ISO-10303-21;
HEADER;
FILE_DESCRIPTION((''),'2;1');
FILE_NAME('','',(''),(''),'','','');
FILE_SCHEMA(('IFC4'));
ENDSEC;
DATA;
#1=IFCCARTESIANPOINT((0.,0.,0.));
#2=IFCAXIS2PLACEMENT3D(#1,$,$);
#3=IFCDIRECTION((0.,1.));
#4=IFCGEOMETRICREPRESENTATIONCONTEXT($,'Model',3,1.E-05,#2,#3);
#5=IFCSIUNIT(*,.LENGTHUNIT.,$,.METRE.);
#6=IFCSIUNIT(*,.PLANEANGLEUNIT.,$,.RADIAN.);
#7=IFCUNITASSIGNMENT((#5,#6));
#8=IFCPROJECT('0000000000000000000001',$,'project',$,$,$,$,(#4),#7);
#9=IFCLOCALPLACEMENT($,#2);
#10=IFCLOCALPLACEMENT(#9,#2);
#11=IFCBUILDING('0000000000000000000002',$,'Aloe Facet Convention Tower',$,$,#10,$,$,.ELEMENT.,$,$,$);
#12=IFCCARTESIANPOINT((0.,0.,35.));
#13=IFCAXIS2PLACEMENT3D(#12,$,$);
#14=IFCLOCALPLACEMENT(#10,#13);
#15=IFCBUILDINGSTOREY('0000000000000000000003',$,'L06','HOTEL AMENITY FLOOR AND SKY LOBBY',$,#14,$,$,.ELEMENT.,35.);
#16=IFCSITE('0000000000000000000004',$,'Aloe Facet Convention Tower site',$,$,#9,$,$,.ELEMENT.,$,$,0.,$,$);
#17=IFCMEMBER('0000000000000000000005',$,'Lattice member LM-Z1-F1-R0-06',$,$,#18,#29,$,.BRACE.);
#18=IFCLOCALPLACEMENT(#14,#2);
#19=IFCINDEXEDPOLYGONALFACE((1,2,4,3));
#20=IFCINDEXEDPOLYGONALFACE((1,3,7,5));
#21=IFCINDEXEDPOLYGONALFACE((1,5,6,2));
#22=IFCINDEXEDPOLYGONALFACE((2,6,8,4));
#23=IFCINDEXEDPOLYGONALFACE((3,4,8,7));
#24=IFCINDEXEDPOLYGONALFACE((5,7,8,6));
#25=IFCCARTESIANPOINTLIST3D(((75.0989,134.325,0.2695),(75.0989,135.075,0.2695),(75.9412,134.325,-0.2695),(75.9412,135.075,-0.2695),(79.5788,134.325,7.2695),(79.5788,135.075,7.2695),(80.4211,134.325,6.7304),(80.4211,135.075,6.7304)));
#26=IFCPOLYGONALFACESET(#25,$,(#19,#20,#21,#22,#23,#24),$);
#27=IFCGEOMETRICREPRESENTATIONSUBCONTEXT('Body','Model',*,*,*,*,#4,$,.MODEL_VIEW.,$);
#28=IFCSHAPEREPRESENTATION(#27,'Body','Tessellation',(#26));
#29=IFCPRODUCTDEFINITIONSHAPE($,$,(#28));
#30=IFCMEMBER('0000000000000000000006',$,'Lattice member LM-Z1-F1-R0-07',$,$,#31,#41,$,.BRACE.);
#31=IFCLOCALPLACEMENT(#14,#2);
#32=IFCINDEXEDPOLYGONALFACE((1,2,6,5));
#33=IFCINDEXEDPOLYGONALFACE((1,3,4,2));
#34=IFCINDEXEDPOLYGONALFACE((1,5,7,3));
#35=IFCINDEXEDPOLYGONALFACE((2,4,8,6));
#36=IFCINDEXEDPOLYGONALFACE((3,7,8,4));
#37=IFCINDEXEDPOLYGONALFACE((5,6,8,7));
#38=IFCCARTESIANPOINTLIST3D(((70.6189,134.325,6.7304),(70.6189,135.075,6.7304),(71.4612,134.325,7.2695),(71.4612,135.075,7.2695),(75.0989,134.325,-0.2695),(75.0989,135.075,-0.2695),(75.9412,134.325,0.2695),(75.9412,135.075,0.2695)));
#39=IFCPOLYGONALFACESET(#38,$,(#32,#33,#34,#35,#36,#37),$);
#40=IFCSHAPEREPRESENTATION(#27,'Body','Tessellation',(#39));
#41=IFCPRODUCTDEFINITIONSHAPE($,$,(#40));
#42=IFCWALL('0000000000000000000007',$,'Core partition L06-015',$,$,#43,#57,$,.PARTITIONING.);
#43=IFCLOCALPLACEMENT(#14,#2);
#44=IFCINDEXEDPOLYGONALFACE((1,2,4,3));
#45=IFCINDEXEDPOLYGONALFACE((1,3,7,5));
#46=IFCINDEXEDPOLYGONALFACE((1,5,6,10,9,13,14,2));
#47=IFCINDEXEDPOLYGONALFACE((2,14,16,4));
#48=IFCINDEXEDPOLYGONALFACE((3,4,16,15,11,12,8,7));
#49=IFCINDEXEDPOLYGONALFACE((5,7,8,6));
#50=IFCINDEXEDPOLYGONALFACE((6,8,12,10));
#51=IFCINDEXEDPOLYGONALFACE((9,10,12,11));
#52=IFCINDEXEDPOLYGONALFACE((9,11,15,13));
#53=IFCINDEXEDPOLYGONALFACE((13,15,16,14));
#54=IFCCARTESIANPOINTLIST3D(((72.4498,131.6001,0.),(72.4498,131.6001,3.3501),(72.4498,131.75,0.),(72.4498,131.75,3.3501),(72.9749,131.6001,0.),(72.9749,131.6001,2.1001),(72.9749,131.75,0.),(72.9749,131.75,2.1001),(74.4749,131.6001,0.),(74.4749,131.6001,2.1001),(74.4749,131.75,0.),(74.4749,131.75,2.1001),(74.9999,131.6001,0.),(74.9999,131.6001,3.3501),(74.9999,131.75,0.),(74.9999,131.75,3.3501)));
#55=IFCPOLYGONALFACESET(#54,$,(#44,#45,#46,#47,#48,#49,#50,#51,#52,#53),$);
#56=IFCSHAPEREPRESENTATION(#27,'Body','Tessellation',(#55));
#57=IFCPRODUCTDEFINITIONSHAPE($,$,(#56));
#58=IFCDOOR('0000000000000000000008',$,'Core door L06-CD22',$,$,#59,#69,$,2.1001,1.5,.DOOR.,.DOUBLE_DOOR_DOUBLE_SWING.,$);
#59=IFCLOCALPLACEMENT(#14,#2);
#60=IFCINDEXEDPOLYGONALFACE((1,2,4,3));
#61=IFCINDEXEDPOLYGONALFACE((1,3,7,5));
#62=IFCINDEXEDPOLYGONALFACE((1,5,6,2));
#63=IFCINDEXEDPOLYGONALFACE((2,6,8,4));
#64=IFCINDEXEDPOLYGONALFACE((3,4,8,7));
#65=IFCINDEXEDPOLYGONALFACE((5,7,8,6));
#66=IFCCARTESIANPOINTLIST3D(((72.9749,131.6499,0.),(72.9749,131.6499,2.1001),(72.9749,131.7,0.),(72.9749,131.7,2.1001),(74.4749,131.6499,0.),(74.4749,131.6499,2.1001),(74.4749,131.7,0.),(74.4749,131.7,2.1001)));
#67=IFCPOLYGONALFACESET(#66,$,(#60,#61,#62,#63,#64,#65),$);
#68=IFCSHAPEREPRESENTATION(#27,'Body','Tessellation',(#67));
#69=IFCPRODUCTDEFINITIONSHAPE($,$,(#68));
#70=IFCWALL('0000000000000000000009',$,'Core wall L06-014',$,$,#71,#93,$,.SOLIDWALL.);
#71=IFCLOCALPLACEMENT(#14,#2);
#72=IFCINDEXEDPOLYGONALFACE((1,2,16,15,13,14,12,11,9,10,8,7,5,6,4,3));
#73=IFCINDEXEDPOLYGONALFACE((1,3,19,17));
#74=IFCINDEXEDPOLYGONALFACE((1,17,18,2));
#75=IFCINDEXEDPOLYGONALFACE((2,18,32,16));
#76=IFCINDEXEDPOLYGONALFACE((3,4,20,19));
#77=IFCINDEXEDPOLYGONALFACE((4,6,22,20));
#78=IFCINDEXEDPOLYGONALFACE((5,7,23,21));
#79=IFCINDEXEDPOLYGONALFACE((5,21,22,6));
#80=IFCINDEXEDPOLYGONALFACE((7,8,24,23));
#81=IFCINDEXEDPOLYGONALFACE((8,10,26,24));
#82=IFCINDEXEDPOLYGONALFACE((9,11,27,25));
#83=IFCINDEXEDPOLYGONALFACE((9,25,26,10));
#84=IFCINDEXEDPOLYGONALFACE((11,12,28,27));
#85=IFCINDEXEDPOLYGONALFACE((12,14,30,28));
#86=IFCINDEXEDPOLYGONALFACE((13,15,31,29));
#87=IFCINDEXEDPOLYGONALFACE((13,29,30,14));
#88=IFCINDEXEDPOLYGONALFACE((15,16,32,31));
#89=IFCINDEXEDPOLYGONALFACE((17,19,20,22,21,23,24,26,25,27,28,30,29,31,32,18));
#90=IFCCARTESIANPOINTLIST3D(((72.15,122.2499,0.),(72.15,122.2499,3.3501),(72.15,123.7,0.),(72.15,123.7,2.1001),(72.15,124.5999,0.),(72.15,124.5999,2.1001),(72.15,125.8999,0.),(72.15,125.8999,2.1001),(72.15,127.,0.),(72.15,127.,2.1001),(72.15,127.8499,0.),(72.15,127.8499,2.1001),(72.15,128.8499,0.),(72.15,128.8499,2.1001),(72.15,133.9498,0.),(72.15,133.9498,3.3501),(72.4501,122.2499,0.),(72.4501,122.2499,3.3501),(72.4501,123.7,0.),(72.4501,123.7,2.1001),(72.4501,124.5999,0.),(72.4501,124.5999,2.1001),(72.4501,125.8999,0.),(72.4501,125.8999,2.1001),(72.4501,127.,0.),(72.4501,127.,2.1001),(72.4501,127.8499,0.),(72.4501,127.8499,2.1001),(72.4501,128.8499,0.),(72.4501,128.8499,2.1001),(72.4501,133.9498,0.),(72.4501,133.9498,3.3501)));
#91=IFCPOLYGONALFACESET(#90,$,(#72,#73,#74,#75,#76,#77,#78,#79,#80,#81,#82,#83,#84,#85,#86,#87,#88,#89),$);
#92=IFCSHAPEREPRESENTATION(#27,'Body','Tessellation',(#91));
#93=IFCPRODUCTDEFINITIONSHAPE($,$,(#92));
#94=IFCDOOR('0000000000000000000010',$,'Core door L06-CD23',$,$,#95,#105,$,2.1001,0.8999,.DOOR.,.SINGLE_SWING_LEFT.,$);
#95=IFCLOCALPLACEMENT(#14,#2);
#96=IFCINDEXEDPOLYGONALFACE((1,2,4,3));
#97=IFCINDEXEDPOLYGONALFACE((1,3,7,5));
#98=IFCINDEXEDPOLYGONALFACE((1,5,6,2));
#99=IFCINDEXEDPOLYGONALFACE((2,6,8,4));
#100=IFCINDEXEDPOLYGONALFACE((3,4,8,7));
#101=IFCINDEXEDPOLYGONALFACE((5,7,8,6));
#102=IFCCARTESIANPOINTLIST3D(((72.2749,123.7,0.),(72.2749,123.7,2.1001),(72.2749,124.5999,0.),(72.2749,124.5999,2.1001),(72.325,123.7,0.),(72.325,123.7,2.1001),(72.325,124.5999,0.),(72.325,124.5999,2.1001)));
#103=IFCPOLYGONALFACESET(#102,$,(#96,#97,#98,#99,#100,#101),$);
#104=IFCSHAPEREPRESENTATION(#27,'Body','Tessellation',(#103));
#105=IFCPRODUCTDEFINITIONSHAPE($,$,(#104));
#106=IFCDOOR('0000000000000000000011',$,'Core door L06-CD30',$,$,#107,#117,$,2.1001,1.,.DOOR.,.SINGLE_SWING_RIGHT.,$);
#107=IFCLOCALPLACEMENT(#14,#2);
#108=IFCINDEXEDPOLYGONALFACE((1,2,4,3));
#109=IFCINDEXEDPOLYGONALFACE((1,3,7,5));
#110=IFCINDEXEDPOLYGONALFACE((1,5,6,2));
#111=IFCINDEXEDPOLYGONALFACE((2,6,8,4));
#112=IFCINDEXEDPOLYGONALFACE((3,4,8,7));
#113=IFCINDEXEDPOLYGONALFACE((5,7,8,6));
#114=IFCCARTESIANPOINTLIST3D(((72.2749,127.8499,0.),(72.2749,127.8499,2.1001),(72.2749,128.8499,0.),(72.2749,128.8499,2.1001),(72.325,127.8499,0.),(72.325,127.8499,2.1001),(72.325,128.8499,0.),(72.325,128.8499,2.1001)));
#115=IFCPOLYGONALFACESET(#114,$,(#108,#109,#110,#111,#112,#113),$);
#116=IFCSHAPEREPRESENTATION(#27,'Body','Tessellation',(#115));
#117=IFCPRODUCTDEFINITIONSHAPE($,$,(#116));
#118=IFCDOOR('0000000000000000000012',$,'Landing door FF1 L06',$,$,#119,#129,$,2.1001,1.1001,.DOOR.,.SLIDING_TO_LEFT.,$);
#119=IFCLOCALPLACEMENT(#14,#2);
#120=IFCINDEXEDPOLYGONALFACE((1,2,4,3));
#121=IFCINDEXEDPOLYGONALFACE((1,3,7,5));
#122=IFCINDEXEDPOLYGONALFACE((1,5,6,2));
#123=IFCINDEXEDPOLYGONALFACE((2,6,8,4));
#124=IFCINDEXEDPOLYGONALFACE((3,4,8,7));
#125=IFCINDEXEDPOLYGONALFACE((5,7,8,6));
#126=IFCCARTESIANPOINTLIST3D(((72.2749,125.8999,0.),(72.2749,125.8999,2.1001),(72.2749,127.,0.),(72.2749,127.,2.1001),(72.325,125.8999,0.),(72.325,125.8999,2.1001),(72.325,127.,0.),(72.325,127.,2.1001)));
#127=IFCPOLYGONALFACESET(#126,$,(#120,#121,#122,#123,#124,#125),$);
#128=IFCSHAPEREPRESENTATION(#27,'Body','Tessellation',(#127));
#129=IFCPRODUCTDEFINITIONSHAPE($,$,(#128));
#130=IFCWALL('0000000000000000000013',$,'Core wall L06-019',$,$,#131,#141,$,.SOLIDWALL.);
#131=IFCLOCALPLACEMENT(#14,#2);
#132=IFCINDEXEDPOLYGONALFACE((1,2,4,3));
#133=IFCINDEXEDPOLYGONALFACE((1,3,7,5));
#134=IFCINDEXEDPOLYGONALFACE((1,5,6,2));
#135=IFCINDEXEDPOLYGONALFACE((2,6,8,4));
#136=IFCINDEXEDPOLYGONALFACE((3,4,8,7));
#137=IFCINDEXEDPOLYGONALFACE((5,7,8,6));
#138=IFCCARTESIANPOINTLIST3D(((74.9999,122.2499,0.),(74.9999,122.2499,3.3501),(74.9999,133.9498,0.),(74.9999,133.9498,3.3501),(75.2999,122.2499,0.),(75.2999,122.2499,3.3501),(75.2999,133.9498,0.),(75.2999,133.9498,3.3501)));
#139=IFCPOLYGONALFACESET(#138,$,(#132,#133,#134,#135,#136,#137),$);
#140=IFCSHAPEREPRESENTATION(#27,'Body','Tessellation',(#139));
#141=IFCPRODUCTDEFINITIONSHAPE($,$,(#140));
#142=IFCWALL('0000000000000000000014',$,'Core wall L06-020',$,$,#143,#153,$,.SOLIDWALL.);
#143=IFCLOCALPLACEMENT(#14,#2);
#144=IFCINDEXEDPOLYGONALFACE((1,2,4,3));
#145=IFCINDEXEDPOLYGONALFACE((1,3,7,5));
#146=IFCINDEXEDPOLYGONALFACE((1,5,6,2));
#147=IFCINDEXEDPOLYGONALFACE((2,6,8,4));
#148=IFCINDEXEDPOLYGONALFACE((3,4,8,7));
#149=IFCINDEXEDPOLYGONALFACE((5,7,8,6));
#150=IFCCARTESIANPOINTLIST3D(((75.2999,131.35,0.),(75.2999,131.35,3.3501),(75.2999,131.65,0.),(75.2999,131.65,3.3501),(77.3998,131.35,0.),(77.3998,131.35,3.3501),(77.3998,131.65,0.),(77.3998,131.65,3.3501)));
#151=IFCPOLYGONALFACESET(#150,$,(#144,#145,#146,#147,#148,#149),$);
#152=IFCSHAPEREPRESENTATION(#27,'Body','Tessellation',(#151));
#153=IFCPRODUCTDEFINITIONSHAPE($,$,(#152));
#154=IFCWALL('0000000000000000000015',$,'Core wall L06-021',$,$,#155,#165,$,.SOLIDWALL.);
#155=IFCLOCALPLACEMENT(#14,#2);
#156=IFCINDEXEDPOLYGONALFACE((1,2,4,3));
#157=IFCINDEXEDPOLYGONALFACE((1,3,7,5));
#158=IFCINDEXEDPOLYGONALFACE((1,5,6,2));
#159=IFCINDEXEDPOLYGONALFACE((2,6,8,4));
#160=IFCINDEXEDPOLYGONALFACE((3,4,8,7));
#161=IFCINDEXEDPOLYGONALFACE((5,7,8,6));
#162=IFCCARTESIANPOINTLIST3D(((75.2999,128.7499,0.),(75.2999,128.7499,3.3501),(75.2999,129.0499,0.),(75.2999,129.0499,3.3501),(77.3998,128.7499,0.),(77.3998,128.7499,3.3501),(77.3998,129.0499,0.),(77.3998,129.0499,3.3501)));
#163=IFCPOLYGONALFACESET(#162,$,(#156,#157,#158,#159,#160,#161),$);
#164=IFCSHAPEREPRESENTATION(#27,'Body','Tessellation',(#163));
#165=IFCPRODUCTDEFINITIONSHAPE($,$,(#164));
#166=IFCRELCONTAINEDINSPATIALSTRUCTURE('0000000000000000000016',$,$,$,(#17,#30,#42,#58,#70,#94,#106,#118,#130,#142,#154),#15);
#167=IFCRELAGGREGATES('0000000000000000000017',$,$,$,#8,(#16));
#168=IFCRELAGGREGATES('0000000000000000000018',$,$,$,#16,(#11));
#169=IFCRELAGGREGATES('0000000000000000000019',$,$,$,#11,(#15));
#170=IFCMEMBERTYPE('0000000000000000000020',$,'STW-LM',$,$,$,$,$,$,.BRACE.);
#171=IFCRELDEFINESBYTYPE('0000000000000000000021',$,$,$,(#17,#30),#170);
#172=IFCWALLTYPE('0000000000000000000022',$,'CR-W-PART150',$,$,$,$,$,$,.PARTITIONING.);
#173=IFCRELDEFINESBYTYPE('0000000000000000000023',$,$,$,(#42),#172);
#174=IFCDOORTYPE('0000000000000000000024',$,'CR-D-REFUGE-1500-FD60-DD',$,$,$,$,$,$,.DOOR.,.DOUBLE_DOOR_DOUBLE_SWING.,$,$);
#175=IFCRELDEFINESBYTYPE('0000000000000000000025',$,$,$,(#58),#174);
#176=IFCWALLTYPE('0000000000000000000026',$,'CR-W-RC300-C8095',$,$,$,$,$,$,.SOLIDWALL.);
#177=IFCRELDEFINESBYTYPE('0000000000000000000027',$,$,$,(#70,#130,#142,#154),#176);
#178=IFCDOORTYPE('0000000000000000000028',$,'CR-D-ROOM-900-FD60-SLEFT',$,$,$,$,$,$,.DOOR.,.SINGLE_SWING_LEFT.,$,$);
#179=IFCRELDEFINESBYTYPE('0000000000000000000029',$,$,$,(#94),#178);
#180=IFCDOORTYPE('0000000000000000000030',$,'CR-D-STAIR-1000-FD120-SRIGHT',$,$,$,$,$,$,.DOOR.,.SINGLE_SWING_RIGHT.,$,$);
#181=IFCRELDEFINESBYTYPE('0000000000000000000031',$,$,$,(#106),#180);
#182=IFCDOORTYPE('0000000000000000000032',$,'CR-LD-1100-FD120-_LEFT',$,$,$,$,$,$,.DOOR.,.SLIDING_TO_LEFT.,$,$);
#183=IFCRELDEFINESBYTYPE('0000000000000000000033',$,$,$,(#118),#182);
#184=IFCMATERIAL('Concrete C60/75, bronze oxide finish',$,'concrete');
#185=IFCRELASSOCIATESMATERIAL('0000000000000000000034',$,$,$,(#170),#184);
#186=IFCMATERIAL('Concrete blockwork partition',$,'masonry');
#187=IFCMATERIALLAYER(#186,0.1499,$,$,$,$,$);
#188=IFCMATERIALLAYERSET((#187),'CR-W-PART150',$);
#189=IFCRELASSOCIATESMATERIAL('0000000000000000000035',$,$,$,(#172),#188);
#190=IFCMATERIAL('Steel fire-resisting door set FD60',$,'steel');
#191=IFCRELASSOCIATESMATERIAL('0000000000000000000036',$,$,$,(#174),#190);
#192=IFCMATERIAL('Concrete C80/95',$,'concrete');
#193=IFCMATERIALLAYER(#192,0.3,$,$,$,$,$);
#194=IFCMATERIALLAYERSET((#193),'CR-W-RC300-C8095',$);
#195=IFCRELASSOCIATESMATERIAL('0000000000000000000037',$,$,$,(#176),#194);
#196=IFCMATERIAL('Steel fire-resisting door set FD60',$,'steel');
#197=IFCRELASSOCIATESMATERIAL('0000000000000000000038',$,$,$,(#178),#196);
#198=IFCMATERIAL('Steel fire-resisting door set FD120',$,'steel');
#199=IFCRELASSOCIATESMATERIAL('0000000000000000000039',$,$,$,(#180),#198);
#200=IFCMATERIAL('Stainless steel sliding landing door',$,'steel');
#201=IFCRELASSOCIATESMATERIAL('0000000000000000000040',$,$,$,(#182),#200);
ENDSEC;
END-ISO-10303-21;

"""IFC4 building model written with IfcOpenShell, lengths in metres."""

from ifc_helpers import new_model, si_unit, direction, frame, frame_2d, origin, origin_2d, place, context, subcontext, project, spatial, rectangle, extrude, material, layer, layer_set, material_profile, profile_set, type_object, element, fill, save


model = new_model("IFC4")

# Units and contexts
model_context = context("Model", 3, precision=1e-05, world=origin(), true_north=direction((0.0, 1.0)))
body_context = subcontext(model_context, "Body", "Model", "MODEL_VIEW")
ifc_project = project(units=[si_unit("LENGTHUNIT", "METRE"), si_unit("PLANEANGLEUNIT", "RADIAN")], contexts=[model_context])

# Site, building, storey
site_placement = place(None, origin())
site = spatial("IfcSite", under=ifc_project, at=site_placement, Name="Aloe Facet Convention Tower site", CompositionType="ELEMENT", RefElevation=0.0)
building_placement = place(site_placement, origin())
building = spatial("IfcBuilding", under=site, at=building_placement, Name="Aloe Facet Convention Tower", CompositionType="ELEMENT")
storey_placement = place(building_placement, frame((0.0, 0.0, 35.0)))
storey = spatial("IfcBuildingStorey", under=building, at=storey_placement, Name="L06", Description="HOTEL AMENITY FLOOR AND SKY LOBBY", CompositionType="ELEMENT", Elevation=35.0)

# Members
ifc_material_1 = material(Name="Concrete C60/75, bronze oxide finish", Category="concrete")
ifc_material_profile = material_profile(ifc_material_1, rectangle(XDim=0.75, YDim=1.0, at=origin_2d()), Name="STW-LM")
ifc_profile_set = profile_set([ifc_material_profile], Name="Concrete C60/75, bronze oxide finish")
member_type = type_object("IfcMemberType", Name="STW-LM", PredefinedType="BRACE", material=ifc_profile_set)
for number, where, z_axis, x_axis, name in (
    (1, (75.52, 134.7, 0.0), (0.539052, 0.0, 0.842272), (0.0, 1.0, 0.0), "Lattice member LM-Z1-F1-R0-06"),
    (2, (75.52, 134.7, 0.0), (-0.539052, 0.0, 0.842272), (0.0, -1.0, 0.0), "Lattice member LM-Z1-F1-R0-07"),
):
    element("IfcMember", number, at=place(storey_placement, frame(where, z_axis=z_axis, x_axis=x_axis)), inside=storey, type_object=member_type, Name=name, PredefinedType="BRACE", context=body_context, shape_type="SweptSolid", body=[
        extrude(rectangle(XDim=0.75, YDim=1.0, at=origin_2d()), origin(), (0.0, 0.0, 1.0), 8.3108),
    ])

# Wall, opening, door
ifc_material_2 = material(Name="Concrete blockwork partition", Category="masonry")
ifc_layer_1 = layer(ifc_material_2, 0.1499)
ifc_layer_set_1 = layer_set([ifc_layer_1], Name="CR-W-PART150")
wall_type_1 = type_object("IfcWallType", Name="CR-W-PART150", PredefinedType="PARTITIONING", material=ifc_layer_set_1)
wall_1_placement = place(storey_placement, frame((72.45, 131.675, 0.0), z_axis=(0.0, 0.0, 1.0), x_axis=(1.0, 0.0, 0.0)))
wall_1 = element("IfcWall", 3, at=wall_1_placement, inside=storey, type_object=wall_type_1, Name="Core partition L06-015", PredefinedType="PARTITIONING", context=body_context, shape_type="SweptSolid", body=[
    extrude(rectangle(XDim=2.55, YDim=0.1499, at=frame_2d((1.2749, 0.0))), origin(), (0.0, 0.0, 1.0), 3.3501),
])
opening_1_placement = place(wall_1_placement, frame((0.5249, 0.0, 0.0)))
opening_1 = element("IfcOpeningElement", 4, at=opening_1_placement, cuts=wall_1, PredefinedType="OPENING", context=body_context, shape_type="SweptSolid", body=[
    extrude(rectangle(XDim=1.5, YDim=2.1001, at=frame_2d((0.75, 1.05))), frame((0.0, 0.085, 0.0), z_axis=(0.0, -1.0, 0.0), x_axis=(1.0, 0.0, 0.0)), (0.0, 0.0, 1.0), 0.1699),
])
ifc_material_3 = material(Name="Steel fire-resisting door set FD60", Category="steel")
door_type_1 = type_object("IfcDoorType", Name="CR-D-REFUGE-1500-FD60-DD", OperationType="DOUBLE_DOOR_DOUBLE_SWING", PredefinedType="DOOR", material=ifc_material_3)
door_1_placement = place(opening_1_placement, origin())
door_1 = element("IfcDoor", 5, at=door_1_placement, inside=storey, type_object=door_type_1, Name="Core door L06-CD22", OperationType="DOUBLE_DOOR_DOUBLE_SWING", OverallHeight=2.1001, OverallWidth=1.5, PredefinedType="DOOR", context=body_context, shape_type="SweptSolid", body=[
    extrude(rectangle(XDim=1.5, YDim=2.1001, at=frame_2d((0.75, 1.05))), frame((0.0, 0.0249, 0.0), z_axis=(0.0, -1.0, 0.0), x_axis=(1.0, 0.0, 0.0)), (0.0, 0.0, 1.0), 0.05),
])
fill(opening_1, door_1)

# Wall, openings, doors
ifc_material_4 = material(Name="Concrete C80/95", Category="concrete")
ifc_layer_2 = layer(ifc_material_4, 0.3)
ifc_layer_set_2 = layer_set([ifc_layer_2], Name="CR-W-RC300-C8095")
wall_type_2 = type_object("IfcWallType", Name="CR-W-RC300-C8095", PredefinedType="SOLIDWALL", material=ifc_layer_set_2)
wall_2_placement = place(storey_placement, frame((72.3, 133.95, 0.0), z_axis=(0.0, 0.0, 1.0), x_axis=(0.0, -1.0, 0.0)))
wall_2 = element("IfcWall", 6, at=wall_2_placement, inside=storey, type_object=wall_type_2, Name="Core wall L06-014", PredefinedType="SOLIDWALL", context=body_context, shape_type="SweptSolid", body=[
    extrude(rectangle(XDim=11.7, YDim=0.3, at=frame_2d((5.8501, 0.0))), origin(), (0.0, 0.0, 1.0), 3.3501),
])
opening_2_placement = place(wall_2_placement, frame((6.95, 0.0, 0.0)))
opening_2 = element("IfcOpeningElement", 7, at=opening_2_placement, cuts=wall_2, PredefinedType="OPENING", context=body_context, shape_type="SweptSolid", body=[
    extrude(rectangle(XDim=1.1001, YDim=2.1001, at=frame_2d((0.55, 1.05))), frame((0.0, 0.1602, 0.0), z_axis=(0.0, -1.0, 0.0), x_axis=(1.0, 0.0, 0.0)), (0.0, 0.0, 1.0), 0.3201),
])
opening_3_placement = place(wall_2_placement, frame((9.3501, 0.0, 0.0)))
opening_3 = element("IfcOpeningElement", 8, at=opening_3_placement, cuts=wall_2, PredefinedType="OPENING", context=body_context, shape_type="SweptSolid", body=[
    extrude(rectangle(XDim=0.8999, YDim=2.1001, at=frame_2d((0.45, 1.05))), frame((0.0, 0.1602, 0.0), z_axis=(0.0, -1.0, 0.0), x_axis=(1.0, 0.0, 0.0)), (0.0, 0.0, 1.0), 0.3201),
])
opening_4_placement = place(wall_2_placement, frame((5.1001, 0.0, 0.0)))
opening_4 = element("IfcOpeningElement", 9, at=opening_4_placement, cuts=wall_2, PredefinedType="OPENING", context=body_context, shape_type="SweptSolid", body=[
    extrude(rectangle(XDim=1.0, YDim=2.1001, at=frame_2d((0.5, 1.05))), frame((0.0, 0.1602, 0.0), z_axis=(0.0, -1.0, 0.0), x_axis=(1.0, 0.0, 0.0)), (0.0, 0.0, 1.0), 0.3201),
])
ifc_material_5 = material(Name="Steel fire-resisting door set FD60", Category="steel")
door_type_2 = type_object("IfcDoorType", Name="CR-D-ROOM-900-FD60-SLEFT", OperationType="SINGLE_SWING_LEFT", PredefinedType="DOOR", material=ifc_material_5)
door_2_placement = place(opening_3_placement, origin())
door_2 = element("IfcDoor", 10, at=door_2_placement, inside=storey, type_object=door_type_2, Name="Core door L06-CD23", OperationType="SINGLE_SWING_LEFT", OverallHeight=2.1001, OverallWidth=0.8999, PredefinedType="DOOR", context=body_context, shape_type="SweptSolid", body=[
    extrude(rectangle(XDim=0.8999, YDim=2.1001, at=frame_2d((0.45, 1.05))), frame((0.0, 0.0249, 0.0), z_axis=(0.0, -1.0, 0.0), x_axis=(1.0, 0.0, 0.0)), (0.0, 0.0, 1.0), 0.05),
])
fill(opening_3, door_2)
ifc_material_6 = material(Name="Steel fire-resisting door set FD120", Category="steel")
door_type_3 = type_object("IfcDoorType", Name="CR-D-STAIR-1000-FD120-SRIGHT", OperationType="SINGLE_SWING_RIGHT", PredefinedType="DOOR", material=ifc_material_6)
door_3_placement = place(opening_4_placement, origin())
door_3 = element("IfcDoor", 11, at=door_3_placement, inside=storey, type_object=door_type_3, Name="Core door L06-CD30", OperationType="SINGLE_SWING_RIGHT", OverallHeight=2.1001, OverallWidth=1.0, PredefinedType="DOOR", context=body_context, shape_type="SweptSolid", body=[
    extrude(rectangle(XDim=1.0, YDim=2.1001, at=frame_2d((0.5, 1.05))), frame((0.0, 0.0249, 0.0), z_axis=(0.0, -1.0, 0.0), x_axis=(1.0, 0.0, 0.0)), (0.0, 0.0, 1.0), 0.05),
])
fill(opening_4, door_3)
ifc_material_7 = material(Name="Stainless steel sliding landing door", Category="steel")
door_type_4 = type_object("IfcDoorType", Name="CR-LD-1100-FD120-_LEFT", OperationType="SLIDING_TO_LEFT", PredefinedType="DOOR", material=ifc_material_7)
door_4_placement = place(opening_2_placement, origin())
door_4 = element("IfcDoor", 12, at=door_4_placement, inside=storey, type_object=door_type_4, Name="Landing door FF1 L06", OperationType="SLIDING_TO_LEFT", OverallHeight=2.1001, OverallWidth=1.1001, PredefinedType="DOOR", context=body_context, shape_type="SweptSolid", body=[
    extrude(rectangle(XDim=1.1001, YDim=2.1001, at=frame_2d((0.55, 1.05))), frame((0.0, 0.0249, 0.0), z_axis=(0.0, -1.0, 0.0), x_axis=(1.0, 0.0, 0.0)), (0.0, 0.0, 1.0), 0.05),
])
fill(opening_2, door_4)

# Walls
wall_3_placement = place(storey_placement, frame((75.1499, 133.95, 0.0), z_axis=(0.0, 0.0, 1.0), x_axis=(0.0, -1.0, 0.0)))
element("IfcWall", 13, at=wall_3_placement, inside=storey, type_object=wall_type_2, Name="Core wall L06-019", PredefinedType="SOLIDWALL", context=body_context, shape_type="SweptSolid", body=[
    extrude(rectangle(XDim=11.7, YDim=0.3, at=frame_2d((5.8501, 0.0))), origin(), (0.0, 0.0, 1.0), 3.3501),
])
for number, where, z_axis, x_axis, name in (
    (14, (75.3, 131.5, 0.0), (0.0, 0.0, 1.0), (1.0, 0.0, 0.0), "Core wall L06-020"),
    (15, (75.3, 128.8999, 0.0), (0.0, 0.0, 1.0), (1.0, 0.0, 0.0), "Core wall L06-021"),
):
    element("IfcWall", number, at=place(storey_placement, frame(where, z_axis=z_axis, x_axis=x_axis)), inside=storey, type_object=wall_type_2, Name=name, PredefinedType="SOLIDWALL", context=body_context, shape_type="SweptSolid", body=[
        extrude(rectangle(XDim=2.0999, YDim=0.3, at=frame_2d((1.0498, 0.0))), origin(), (0.0, 0.0, 1.0), 3.3501),
    ])

save(model, "model.ifc")
